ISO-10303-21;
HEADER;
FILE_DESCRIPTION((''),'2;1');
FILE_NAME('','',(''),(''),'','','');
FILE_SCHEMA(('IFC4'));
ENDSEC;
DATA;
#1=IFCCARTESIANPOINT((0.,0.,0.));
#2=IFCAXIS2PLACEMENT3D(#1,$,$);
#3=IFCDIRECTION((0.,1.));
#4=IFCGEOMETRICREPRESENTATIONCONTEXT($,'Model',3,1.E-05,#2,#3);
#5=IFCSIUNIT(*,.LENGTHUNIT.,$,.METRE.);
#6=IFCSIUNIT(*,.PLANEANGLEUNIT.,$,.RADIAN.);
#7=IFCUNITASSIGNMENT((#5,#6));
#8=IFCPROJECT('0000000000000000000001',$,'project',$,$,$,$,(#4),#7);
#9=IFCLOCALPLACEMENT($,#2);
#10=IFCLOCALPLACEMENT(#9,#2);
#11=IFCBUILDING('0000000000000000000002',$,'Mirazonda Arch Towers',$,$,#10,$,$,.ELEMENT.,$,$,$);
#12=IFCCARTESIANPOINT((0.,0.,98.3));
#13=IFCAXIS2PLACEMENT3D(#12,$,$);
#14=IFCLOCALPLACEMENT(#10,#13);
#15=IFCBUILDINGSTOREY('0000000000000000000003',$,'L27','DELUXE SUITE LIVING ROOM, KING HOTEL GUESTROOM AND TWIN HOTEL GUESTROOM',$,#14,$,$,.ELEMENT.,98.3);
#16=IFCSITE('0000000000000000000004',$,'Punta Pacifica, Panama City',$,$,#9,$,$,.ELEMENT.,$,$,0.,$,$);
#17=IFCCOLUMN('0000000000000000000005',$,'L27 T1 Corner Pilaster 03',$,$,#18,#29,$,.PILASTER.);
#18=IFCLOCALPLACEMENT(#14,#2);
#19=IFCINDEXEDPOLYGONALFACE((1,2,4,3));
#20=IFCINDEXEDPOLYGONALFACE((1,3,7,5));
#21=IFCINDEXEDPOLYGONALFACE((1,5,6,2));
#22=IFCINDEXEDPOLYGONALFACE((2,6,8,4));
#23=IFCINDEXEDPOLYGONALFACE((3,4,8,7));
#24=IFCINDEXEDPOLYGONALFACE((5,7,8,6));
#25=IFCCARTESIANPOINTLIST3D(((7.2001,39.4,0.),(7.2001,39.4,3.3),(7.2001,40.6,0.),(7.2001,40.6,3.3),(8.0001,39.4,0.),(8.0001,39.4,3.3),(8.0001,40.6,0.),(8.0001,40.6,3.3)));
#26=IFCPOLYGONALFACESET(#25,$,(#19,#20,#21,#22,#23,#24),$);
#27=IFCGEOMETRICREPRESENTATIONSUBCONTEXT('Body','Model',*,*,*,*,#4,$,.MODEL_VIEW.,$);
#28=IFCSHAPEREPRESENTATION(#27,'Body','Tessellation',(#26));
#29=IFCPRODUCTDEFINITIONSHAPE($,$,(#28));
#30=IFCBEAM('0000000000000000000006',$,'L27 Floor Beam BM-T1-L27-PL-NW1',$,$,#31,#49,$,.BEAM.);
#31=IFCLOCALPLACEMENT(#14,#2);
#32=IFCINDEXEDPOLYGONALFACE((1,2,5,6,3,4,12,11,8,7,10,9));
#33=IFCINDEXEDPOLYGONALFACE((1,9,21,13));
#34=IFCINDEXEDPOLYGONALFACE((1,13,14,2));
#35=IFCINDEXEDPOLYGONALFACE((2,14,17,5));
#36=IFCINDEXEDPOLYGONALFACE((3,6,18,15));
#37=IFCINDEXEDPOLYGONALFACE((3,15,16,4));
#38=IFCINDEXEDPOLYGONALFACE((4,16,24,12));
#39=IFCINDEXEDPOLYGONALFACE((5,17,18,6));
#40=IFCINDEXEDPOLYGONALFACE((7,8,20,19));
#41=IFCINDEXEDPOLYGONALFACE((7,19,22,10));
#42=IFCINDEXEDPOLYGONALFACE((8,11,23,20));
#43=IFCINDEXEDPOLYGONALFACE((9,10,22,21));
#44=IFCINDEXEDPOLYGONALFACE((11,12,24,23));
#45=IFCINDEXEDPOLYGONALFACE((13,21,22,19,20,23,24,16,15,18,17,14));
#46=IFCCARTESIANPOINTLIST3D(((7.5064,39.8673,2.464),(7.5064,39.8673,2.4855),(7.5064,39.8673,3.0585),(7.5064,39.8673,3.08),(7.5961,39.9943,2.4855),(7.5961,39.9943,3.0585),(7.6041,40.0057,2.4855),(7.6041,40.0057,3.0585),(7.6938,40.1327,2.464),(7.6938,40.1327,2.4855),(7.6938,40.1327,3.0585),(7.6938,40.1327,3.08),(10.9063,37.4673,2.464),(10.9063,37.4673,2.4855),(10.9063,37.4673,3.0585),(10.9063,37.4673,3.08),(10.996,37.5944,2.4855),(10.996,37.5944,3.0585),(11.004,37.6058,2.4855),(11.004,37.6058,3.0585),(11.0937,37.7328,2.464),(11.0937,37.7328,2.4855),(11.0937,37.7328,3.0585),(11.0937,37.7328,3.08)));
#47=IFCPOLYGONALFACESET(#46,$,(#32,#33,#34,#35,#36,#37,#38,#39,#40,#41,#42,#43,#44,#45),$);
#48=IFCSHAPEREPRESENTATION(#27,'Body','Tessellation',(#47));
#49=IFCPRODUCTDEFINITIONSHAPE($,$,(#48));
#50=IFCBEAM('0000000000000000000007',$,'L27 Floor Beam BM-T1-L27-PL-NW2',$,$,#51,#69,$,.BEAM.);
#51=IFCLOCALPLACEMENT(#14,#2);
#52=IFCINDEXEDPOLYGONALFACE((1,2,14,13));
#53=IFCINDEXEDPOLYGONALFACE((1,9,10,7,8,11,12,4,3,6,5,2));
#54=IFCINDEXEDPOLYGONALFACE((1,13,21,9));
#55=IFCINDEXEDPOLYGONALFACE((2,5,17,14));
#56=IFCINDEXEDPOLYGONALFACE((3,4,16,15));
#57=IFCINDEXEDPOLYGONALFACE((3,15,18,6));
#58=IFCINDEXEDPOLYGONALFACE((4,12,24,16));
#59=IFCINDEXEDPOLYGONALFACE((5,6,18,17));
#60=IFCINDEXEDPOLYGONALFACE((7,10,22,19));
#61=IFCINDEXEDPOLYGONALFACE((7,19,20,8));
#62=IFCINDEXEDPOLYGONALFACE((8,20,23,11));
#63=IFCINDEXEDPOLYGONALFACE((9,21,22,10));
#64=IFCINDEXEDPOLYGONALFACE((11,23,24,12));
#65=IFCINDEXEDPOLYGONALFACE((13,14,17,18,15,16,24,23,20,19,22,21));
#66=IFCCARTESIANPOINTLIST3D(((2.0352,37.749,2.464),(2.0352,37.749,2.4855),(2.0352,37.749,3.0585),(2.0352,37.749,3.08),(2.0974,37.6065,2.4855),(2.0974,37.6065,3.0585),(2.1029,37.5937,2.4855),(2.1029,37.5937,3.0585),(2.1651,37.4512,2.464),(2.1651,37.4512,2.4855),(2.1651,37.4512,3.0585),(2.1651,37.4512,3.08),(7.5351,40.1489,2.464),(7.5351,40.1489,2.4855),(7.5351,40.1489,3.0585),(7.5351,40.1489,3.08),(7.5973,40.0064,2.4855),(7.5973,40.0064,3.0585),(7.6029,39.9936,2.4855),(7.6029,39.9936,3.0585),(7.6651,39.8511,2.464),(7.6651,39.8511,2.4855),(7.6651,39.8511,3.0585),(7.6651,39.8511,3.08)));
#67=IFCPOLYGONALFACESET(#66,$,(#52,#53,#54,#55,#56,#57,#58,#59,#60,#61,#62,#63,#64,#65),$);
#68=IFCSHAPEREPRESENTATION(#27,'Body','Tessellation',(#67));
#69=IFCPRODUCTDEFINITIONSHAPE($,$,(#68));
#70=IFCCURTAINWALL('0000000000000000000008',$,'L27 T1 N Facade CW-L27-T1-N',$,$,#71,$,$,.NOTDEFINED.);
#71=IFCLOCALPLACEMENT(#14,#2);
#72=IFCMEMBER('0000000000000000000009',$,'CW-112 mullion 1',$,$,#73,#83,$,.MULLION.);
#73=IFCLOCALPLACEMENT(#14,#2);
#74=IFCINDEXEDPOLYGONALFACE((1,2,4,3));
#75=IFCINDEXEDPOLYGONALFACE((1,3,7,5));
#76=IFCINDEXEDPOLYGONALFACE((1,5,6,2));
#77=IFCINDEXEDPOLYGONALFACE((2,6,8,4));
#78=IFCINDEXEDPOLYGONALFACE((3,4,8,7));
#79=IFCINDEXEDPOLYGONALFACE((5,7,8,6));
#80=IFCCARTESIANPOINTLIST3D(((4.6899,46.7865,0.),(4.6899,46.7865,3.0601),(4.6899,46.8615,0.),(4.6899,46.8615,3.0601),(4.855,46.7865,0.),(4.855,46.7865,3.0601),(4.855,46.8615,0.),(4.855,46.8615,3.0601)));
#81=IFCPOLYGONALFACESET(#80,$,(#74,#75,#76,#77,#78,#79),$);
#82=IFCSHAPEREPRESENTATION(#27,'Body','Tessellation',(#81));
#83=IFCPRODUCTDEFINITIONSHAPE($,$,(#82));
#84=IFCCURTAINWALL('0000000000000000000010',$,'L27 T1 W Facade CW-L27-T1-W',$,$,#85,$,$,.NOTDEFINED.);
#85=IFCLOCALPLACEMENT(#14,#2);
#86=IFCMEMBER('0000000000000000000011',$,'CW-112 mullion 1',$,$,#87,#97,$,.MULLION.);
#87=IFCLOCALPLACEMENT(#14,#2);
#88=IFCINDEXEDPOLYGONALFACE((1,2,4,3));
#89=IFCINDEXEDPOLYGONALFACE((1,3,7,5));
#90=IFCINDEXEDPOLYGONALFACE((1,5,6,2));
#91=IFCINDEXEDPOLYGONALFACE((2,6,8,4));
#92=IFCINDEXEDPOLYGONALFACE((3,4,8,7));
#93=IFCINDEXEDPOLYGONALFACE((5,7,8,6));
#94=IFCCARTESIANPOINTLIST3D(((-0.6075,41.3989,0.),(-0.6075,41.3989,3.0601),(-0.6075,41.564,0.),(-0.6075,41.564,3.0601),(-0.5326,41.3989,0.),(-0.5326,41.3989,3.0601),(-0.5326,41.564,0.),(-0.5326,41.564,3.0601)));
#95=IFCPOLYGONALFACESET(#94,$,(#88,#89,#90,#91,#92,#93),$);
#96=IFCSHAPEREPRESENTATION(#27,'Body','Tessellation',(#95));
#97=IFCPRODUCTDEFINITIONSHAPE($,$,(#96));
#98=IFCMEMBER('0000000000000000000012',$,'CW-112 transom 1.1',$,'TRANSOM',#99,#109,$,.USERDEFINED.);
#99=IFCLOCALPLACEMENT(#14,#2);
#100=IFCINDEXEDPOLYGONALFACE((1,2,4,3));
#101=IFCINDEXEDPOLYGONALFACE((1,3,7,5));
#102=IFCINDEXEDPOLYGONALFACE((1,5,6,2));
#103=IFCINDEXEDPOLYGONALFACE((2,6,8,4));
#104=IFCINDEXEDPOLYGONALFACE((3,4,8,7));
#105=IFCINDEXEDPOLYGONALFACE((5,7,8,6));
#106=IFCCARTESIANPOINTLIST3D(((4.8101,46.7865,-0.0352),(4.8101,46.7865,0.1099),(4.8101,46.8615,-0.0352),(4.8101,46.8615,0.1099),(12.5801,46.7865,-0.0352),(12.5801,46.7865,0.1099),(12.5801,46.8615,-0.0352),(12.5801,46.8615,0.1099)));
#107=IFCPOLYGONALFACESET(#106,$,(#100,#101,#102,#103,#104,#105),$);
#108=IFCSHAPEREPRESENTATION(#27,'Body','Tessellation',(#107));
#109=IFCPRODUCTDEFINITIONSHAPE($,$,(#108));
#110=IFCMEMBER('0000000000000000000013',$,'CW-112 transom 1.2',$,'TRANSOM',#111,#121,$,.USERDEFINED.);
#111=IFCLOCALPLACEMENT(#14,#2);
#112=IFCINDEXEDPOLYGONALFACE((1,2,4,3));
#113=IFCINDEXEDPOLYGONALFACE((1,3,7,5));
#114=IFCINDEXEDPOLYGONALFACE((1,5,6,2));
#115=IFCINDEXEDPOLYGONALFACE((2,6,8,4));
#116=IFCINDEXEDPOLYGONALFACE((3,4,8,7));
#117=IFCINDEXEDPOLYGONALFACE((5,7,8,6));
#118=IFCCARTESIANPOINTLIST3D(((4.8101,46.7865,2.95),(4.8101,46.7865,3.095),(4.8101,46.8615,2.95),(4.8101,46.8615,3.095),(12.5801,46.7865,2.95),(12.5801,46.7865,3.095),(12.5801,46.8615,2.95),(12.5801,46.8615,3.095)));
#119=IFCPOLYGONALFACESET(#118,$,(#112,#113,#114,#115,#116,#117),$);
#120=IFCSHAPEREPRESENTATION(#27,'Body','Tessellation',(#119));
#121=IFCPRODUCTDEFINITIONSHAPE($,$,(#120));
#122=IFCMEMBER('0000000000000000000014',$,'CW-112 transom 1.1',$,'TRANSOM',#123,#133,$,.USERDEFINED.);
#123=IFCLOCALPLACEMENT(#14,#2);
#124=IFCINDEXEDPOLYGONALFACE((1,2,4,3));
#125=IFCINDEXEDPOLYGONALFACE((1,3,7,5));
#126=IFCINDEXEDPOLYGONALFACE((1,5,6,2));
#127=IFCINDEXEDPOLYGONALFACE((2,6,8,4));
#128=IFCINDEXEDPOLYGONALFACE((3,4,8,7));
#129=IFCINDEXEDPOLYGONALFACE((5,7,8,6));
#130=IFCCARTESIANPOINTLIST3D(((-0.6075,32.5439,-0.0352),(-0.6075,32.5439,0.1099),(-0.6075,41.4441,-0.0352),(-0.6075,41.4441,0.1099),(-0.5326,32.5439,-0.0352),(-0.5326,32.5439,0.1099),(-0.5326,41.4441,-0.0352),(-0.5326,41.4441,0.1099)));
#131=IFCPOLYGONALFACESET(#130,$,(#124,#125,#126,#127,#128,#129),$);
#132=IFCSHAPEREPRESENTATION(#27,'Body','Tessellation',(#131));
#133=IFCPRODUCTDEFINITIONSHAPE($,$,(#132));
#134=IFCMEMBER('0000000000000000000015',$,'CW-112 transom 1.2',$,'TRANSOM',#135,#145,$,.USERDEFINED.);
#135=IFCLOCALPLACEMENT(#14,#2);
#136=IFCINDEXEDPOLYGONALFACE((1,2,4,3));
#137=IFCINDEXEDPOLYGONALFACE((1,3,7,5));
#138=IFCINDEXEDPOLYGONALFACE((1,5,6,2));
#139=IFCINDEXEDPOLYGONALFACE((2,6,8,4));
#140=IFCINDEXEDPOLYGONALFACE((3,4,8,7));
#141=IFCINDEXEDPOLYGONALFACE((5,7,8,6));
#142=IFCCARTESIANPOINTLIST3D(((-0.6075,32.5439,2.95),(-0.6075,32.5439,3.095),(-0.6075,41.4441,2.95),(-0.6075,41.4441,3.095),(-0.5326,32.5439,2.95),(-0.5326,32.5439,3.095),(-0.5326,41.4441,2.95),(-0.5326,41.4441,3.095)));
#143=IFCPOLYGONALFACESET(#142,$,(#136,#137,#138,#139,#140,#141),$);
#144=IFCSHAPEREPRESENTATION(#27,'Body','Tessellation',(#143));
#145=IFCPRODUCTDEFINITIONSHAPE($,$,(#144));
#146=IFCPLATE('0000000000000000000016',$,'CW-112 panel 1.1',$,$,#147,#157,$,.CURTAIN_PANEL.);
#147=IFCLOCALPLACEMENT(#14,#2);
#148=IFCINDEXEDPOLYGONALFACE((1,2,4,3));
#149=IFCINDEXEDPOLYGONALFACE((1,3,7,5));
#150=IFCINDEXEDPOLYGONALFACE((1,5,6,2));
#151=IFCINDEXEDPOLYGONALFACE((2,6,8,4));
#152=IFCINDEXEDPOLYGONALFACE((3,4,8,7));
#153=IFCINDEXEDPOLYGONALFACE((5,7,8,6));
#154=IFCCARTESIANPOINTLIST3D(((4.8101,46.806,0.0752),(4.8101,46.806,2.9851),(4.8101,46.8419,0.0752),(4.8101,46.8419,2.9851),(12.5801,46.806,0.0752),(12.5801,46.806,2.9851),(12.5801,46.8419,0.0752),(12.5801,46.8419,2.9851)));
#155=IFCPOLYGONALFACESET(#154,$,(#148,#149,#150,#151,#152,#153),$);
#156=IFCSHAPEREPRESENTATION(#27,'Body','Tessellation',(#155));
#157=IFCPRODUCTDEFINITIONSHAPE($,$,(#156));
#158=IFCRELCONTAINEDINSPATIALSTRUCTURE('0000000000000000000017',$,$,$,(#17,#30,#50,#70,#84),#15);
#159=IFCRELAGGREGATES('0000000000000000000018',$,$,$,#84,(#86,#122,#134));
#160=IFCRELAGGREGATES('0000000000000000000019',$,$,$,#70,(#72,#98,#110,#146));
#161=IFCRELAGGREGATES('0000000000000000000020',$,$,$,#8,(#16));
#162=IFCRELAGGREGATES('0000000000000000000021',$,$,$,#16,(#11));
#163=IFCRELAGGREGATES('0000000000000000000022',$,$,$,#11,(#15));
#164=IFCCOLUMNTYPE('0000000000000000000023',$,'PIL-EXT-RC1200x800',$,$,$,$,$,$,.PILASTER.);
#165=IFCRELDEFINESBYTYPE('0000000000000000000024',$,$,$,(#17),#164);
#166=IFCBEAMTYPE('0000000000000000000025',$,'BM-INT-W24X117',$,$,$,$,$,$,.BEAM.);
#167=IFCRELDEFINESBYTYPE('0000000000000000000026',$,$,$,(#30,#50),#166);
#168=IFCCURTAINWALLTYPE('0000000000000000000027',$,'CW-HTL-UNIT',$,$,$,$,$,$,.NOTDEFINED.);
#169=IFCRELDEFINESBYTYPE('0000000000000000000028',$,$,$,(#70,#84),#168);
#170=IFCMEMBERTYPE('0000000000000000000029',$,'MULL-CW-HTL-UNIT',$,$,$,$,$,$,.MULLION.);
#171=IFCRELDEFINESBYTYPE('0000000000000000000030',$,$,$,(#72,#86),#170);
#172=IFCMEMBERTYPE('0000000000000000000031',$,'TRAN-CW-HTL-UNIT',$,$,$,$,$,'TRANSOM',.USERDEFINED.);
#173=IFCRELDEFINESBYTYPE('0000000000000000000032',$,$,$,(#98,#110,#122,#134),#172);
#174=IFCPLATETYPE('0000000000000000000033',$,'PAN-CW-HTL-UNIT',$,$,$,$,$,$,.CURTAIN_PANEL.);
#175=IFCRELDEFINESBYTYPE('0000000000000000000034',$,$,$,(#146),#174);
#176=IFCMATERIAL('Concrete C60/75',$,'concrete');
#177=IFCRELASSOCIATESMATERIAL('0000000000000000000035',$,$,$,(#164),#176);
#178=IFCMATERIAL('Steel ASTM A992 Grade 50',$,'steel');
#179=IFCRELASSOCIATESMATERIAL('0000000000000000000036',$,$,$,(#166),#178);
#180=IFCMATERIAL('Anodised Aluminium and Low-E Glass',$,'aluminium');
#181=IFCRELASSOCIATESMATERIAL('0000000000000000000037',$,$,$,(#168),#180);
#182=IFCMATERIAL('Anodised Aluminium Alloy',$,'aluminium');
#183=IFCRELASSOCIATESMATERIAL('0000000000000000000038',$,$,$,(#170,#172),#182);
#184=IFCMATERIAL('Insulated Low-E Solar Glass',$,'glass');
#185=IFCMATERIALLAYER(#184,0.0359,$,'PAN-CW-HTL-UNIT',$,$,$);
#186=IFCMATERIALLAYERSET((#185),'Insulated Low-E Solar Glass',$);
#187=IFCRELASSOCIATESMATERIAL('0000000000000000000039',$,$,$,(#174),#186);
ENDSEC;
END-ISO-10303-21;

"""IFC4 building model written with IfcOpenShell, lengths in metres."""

from ifc_helpers import new_model, si_unit, direction, frame, origin, origin_2d, place, context, subcontext, project, spatial, rectangle, i_section, extrude, material, layer, layer_set, material_profile, profile_set, type_object, element, aggregate, save


model = new_model("IFC4")

# Units and contexts
model_context = context("Model", 3, precision=1e-05, world=origin(), true_north=direction((0.0, 1.0)))
body_context = subcontext(model_context, "Body", "Model", "MODEL_VIEW")
ifc_project = project(units=[si_unit("LENGTHUNIT", "METRE"), si_unit("PLANEANGLEUNIT", "RADIAN")], contexts=[model_context])

# Site, building, storey
site_placement = place(None, origin())
site = spatial("IfcSite", under=ifc_project, at=site_placement, Name="Punta Pacifica, Panama City", CompositionType="ELEMENT", RefElevation=0.0)
building_placement = place(site_placement, origin())
building = spatial("IfcBuilding", under=site, at=building_placement, Name="Mirazonda Arch Towers", CompositionType="ELEMENT")
storey_placement = place(building_placement, frame((0.0, 0.0, 98.3)))
storey = spatial("IfcBuildingStorey", under=building, at=storey_placement, Name="L27", Description="DELUXE SUITE LIVING ROOM, KING HOTEL GUESTROOM AND TWIN HOTEL GUESTROOM", CompositionType="ELEMENT", Elevation=98.3)

# Column
ifc_material_1 = material(Name="Concrete C60/75", Category="concrete")
ifc_material_profile_1 = material_profile(ifc_material_1, rectangle(XDim=0.8, YDim=1.2, at=origin_2d()), Name="RC1200x800")
ifc_profile_set_1 = profile_set([ifc_material_profile_1], Name="Concrete C60/75")
column_type = type_object("IfcColumnType", Name="PIL-EXT-RC1200x800", PredefinedType="PILASTER", material=ifc_profile_set_1)
column_placement = place(storey_placement, frame((7.6001, 40.0, 0.0), z_axis=(0.0, 0.0, 1.0), x_axis=(1.0, 0.0, 0.0)))
element("IfcColumn", 1, at=column_placement, inside=storey, type_object=column_type, Name="L27 T1 Corner Pilaster 03", PredefinedType="PILASTER", context=body_context, shape_type="SweptSolid", body=[
    extrude(rectangle(XDim=0.8, YDim=1.2, at=origin_2d()), origin(), (0.0, 0.0, 1.0), 3.3),
])

# Beams
ifc_material_2 = material(Name="Steel ASTM A992 Grade 50", Category="steel")
ifc_material_profile_2 = material_profile(ifc_material_2, i_section(OverallWidth=0.325, OverallDepth=0.616, WebThickness=0.0139, FlangeThickness=0.0215, at=origin_2d()), Name="W24X117")
ifc_profile_set_2 = profile_set([ifc_material_profile_2], Name="Steel ASTM A992 Grade 50")
beam_type = type_object("IfcBeamType", Name="BM-INT-W24X117", PredefinedType="BEAM", material=ifc_profile_set_2)
beam_1_placement = place(storey_placement, frame((7.6001, 40.0, 2.772), z_axis=(0.816971, -0.576679, 0.0), x_axis=(0.576679, 0.816971, 0.0)))
element("IfcBeam", 2, at=beam_1_placement, inside=storey, type_object=beam_type, Name="L27 Floor Beam BM-T1-L27-PL-NW1", PredefinedType="BEAM", context=body_context, shape_type="SweptSolid", body=[
    extrude(i_section(OverallWidth=0.325, OverallDepth=0.616, WebThickness=0.0139, FlangeThickness=0.0215, at=origin_2d()), origin(), (0.0, 0.0, 1.0), 4.1616),
])
beam_2_placement = place(storey_placement, frame((7.6001, 40.0, 2.772), z_axis=(-0.916545, -0.399931, 0.0), x_axis=(0.399931, -0.916545, 0.0)))
element("IfcBeam", 3, at=beam_2_placement, inside=storey, type_object=beam_type, Name="L27 Floor Beam BM-T1-L27-PL-NW2", PredefinedType="BEAM", context=body_context, shape_type="SweptSolid", body=[
    extrude(i_section(OverallWidth=0.325, OverallDepth=0.616, WebThickness=0.0139, FlangeThickness=0.0215, at=origin_2d()), origin(), (0.0, 0.0, 1.0), 6.0007),
])

# Curtain walls, members
ifc_material_3 = material(Name="Anodised Aluminium and Low-E Glass", Category="aluminium")
curtain_wall_type = type_object("IfcCurtainWallType", Name="CW-HTL-UNIT", PredefinedType="NOTDEFINED", material=ifc_material_3)
curtain_wall_1_placement = place(storey_placement, origin())
curtain_wall_1 = element("IfcCurtainWall", 4, at=curtain_wall_1_placement, inside=storey, type_object=curtain_wall_type, Name="L27 T1 N Facade CW-L27-T1-N", PredefinedType="NOTDEFINED")
ifc_material_4 = material(Name="Anodised Aluminium Alloy", Category="aluminium")
ifc_material_profile_3 = material_profile(ifc_material_4, rectangle(XDim=0.075, YDim=0.165, at=origin_2d()), Name="ALU-MULL-75x165")
ifc_profile_set_3 = profile_set([ifc_material_profile_3], Name="Anodised Aluminium Alloy")
member_type_1 = type_object("IfcMemberType", Name="MULL-CW-HTL-UNIT", PredefinedType="MULLION", material=ifc_profile_set_3)
member_1_placement = place(storey_placement, frame((4.7725, 46.824, 0.0), z_axis=(0.0, 0.0, 1.0), x_axis=(0.0, 1.0, 0.0)))
member_1 = element("IfcMember", 5, at=member_1_placement, type_object=member_type_1, Name="CW-112 mullion 1", PredefinedType="MULLION", context=body_context, shape_type="SweptSolid", body=[
    extrude(rectangle(XDim=0.075, YDim=0.165, at=origin_2d()), origin(), (0.0, 0.0, 1.0), 3.0601),
])
curtain_wall_2_placement = place(storey_placement, origin())
curtain_wall_2 = element("IfcCurtainWall", 6, at=curtain_wall_2_placement, inside=storey, type_object=curtain_wall_type, Name="L27 T1 W Facade CW-L27-T1-W", PredefinedType="NOTDEFINED")
member_2_placement = place(storey_placement, frame((-0.5701, 41.4814, 0.0), z_axis=(0.0, 0.0, 1.0), x_axis=(1.0, 0.0, 0.0)))
member_2 = element("IfcMember", 7, at=member_2_placement, type_object=member_type_1, Name="CW-112 mullion 1", PredefinedType="MULLION", context=body_context, shape_type="SweptSolid", body=[
    extrude(rectangle(XDim=0.075, YDim=0.165, at=origin_2d()), origin(), (0.0, 0.0, 1.0), 3.0601),
])

# Members
ifc_material_profile_4 = material_profile(ifc_material_4, rectangle(XDim=0.075, YDim=0.145, at=origin_2d()), Name="ALU-TRAN-75x145")
ifc_profile_set_4 = profile_set([ifc_material_profile_4], Name="Anodised Aluminium Alloy")
member_type_2 = type_object("IfcMemberType", Name="TRAN-CW-HTL-UNIT", ElementType="TRANSOM", PredefinedType="USERDEFINED", material=ifc_profile_set_4)
member_3_placement = place(storey_placement, frame((4.8101, 46.824, 0.0374), z_axis=(1.0, 0.0, 0.0), x_axis=(0.0, 1.0, 0.0)))
member_3 = element("IfcMember", 8, at=member_3_placement, type_object=member_type_2, Name="CW-112 transom 1.1", ObjectType="TRANSOM", PredefinedType="USERDEFINED", context=body_context, shape_type="SweptSolid", body=[
    extrude(rectangle(XDim=0.075, YDim=0.145, at=origin_2d()), origin(), (0.0, 0.0, 1.0), 7.77),
])
member_4_placement = place(storey_placement, frame((4.8101, 46.824, 3.0225), z_axis=(1.0, 0.0, 0.0), x_axis=(0.0, 1.0, 0.0)))
member_4 = element("IfcMember", 9, at=member_4_placement, type_object=member_type_2, Name="CW-112 transom 1.2", ObjectType="TRANSOM", PredefinedType="USERDEFINED", context=body_context, shape_type="SweptSolid", body=[
    extrude(rectangle(XDim=0.075, YDim=0.145, at=origin_2d()), origin(), (0.0, 0.0, 1.0), 7.77),
])
member_5_placement = place(storey_placement, frame((-0.5701, 41.4441, 0.0374), z_axis=(0.0, -1.0, 0.0), x_axis=(1.0, 0.0, 0.0)))
member_5 = element("IfcMember", 10, at=member_5_placement, type_object=member_type_2, Name="CW-112 transom 1.1", ObjectType="TRANSOM", PredefinedType="USERDEFINED", context=body_context, shape_type="SweptSolid", body=[
    extrude(rectangle(XDim=0.075, YDim=0.145, at=origin_2d()), origin(), (0.0, 0.0, 1.0), 8.9001),
])
member_6_placement = place(storey_placement, frame((-0.5701, 41.4441, 3.0225), z_axis=(0.0, -1.0, 0.0), x_axis=(1.0, 0.0, 0.0)))
member_6 = element("IfcMember", 11, at=member_6_placement, type_object=member_type_2, Name="CW-112 transom 1.2", ObjectType="TRANSOM", PredefinedType="USERDEFINED", context=body_context, shape_type="SweptSolid", body=[
    extrude(rectangle(XDim=0.075, YDim=0.145, at=origin_2d()), origin(), (0.0, 0.0, 1.0), 8.9001),
])
aggregate(curtain_wall_2, [member_2, member_5, member_6])

# Plate
ifc_material_5 = material(Name="Insulated Low-E Solar Glass", Category="glass")
ifc_layer_1 = layer(ifc_material_5, 0.0359, Name="PAN-CW-HTL-UNIT")
ifc_layer_set_1 = layer_set([ifc_layer_1], Name="Insulated Low-E Solar Glass")
plate_type = type_object("IfcPlateType", Name="PAN-CW-HTL-UNIT", PredefinedType="CURTAIN_PANEL", material=ifc_layer_set_1)
plate_placement = place(storey_placement, frame((8.6951, 46.824, 0.0752), z_axis=(0.0, 0.0, 1.0), x_axis=(1.0, 0.0, 0.0)))
plate = element("IfcPlate", 12, at=plate_placement, type_object=plate_type, Name="CW-112 panel 1.1", PredefinedType="CURTAIN_PANEL", context=body_context, shape_type="SweptSolid", body=[
    extrude(rectangle(XDim=7.77, YDim=0.0359, at=origin_2d()), origin(), (0.0, 0.0, 1.0), 2.9099),
])
aggregate(curtain_wall_1, [member_1, member_3, member_4, plate])

save(model, "model.ifc")
